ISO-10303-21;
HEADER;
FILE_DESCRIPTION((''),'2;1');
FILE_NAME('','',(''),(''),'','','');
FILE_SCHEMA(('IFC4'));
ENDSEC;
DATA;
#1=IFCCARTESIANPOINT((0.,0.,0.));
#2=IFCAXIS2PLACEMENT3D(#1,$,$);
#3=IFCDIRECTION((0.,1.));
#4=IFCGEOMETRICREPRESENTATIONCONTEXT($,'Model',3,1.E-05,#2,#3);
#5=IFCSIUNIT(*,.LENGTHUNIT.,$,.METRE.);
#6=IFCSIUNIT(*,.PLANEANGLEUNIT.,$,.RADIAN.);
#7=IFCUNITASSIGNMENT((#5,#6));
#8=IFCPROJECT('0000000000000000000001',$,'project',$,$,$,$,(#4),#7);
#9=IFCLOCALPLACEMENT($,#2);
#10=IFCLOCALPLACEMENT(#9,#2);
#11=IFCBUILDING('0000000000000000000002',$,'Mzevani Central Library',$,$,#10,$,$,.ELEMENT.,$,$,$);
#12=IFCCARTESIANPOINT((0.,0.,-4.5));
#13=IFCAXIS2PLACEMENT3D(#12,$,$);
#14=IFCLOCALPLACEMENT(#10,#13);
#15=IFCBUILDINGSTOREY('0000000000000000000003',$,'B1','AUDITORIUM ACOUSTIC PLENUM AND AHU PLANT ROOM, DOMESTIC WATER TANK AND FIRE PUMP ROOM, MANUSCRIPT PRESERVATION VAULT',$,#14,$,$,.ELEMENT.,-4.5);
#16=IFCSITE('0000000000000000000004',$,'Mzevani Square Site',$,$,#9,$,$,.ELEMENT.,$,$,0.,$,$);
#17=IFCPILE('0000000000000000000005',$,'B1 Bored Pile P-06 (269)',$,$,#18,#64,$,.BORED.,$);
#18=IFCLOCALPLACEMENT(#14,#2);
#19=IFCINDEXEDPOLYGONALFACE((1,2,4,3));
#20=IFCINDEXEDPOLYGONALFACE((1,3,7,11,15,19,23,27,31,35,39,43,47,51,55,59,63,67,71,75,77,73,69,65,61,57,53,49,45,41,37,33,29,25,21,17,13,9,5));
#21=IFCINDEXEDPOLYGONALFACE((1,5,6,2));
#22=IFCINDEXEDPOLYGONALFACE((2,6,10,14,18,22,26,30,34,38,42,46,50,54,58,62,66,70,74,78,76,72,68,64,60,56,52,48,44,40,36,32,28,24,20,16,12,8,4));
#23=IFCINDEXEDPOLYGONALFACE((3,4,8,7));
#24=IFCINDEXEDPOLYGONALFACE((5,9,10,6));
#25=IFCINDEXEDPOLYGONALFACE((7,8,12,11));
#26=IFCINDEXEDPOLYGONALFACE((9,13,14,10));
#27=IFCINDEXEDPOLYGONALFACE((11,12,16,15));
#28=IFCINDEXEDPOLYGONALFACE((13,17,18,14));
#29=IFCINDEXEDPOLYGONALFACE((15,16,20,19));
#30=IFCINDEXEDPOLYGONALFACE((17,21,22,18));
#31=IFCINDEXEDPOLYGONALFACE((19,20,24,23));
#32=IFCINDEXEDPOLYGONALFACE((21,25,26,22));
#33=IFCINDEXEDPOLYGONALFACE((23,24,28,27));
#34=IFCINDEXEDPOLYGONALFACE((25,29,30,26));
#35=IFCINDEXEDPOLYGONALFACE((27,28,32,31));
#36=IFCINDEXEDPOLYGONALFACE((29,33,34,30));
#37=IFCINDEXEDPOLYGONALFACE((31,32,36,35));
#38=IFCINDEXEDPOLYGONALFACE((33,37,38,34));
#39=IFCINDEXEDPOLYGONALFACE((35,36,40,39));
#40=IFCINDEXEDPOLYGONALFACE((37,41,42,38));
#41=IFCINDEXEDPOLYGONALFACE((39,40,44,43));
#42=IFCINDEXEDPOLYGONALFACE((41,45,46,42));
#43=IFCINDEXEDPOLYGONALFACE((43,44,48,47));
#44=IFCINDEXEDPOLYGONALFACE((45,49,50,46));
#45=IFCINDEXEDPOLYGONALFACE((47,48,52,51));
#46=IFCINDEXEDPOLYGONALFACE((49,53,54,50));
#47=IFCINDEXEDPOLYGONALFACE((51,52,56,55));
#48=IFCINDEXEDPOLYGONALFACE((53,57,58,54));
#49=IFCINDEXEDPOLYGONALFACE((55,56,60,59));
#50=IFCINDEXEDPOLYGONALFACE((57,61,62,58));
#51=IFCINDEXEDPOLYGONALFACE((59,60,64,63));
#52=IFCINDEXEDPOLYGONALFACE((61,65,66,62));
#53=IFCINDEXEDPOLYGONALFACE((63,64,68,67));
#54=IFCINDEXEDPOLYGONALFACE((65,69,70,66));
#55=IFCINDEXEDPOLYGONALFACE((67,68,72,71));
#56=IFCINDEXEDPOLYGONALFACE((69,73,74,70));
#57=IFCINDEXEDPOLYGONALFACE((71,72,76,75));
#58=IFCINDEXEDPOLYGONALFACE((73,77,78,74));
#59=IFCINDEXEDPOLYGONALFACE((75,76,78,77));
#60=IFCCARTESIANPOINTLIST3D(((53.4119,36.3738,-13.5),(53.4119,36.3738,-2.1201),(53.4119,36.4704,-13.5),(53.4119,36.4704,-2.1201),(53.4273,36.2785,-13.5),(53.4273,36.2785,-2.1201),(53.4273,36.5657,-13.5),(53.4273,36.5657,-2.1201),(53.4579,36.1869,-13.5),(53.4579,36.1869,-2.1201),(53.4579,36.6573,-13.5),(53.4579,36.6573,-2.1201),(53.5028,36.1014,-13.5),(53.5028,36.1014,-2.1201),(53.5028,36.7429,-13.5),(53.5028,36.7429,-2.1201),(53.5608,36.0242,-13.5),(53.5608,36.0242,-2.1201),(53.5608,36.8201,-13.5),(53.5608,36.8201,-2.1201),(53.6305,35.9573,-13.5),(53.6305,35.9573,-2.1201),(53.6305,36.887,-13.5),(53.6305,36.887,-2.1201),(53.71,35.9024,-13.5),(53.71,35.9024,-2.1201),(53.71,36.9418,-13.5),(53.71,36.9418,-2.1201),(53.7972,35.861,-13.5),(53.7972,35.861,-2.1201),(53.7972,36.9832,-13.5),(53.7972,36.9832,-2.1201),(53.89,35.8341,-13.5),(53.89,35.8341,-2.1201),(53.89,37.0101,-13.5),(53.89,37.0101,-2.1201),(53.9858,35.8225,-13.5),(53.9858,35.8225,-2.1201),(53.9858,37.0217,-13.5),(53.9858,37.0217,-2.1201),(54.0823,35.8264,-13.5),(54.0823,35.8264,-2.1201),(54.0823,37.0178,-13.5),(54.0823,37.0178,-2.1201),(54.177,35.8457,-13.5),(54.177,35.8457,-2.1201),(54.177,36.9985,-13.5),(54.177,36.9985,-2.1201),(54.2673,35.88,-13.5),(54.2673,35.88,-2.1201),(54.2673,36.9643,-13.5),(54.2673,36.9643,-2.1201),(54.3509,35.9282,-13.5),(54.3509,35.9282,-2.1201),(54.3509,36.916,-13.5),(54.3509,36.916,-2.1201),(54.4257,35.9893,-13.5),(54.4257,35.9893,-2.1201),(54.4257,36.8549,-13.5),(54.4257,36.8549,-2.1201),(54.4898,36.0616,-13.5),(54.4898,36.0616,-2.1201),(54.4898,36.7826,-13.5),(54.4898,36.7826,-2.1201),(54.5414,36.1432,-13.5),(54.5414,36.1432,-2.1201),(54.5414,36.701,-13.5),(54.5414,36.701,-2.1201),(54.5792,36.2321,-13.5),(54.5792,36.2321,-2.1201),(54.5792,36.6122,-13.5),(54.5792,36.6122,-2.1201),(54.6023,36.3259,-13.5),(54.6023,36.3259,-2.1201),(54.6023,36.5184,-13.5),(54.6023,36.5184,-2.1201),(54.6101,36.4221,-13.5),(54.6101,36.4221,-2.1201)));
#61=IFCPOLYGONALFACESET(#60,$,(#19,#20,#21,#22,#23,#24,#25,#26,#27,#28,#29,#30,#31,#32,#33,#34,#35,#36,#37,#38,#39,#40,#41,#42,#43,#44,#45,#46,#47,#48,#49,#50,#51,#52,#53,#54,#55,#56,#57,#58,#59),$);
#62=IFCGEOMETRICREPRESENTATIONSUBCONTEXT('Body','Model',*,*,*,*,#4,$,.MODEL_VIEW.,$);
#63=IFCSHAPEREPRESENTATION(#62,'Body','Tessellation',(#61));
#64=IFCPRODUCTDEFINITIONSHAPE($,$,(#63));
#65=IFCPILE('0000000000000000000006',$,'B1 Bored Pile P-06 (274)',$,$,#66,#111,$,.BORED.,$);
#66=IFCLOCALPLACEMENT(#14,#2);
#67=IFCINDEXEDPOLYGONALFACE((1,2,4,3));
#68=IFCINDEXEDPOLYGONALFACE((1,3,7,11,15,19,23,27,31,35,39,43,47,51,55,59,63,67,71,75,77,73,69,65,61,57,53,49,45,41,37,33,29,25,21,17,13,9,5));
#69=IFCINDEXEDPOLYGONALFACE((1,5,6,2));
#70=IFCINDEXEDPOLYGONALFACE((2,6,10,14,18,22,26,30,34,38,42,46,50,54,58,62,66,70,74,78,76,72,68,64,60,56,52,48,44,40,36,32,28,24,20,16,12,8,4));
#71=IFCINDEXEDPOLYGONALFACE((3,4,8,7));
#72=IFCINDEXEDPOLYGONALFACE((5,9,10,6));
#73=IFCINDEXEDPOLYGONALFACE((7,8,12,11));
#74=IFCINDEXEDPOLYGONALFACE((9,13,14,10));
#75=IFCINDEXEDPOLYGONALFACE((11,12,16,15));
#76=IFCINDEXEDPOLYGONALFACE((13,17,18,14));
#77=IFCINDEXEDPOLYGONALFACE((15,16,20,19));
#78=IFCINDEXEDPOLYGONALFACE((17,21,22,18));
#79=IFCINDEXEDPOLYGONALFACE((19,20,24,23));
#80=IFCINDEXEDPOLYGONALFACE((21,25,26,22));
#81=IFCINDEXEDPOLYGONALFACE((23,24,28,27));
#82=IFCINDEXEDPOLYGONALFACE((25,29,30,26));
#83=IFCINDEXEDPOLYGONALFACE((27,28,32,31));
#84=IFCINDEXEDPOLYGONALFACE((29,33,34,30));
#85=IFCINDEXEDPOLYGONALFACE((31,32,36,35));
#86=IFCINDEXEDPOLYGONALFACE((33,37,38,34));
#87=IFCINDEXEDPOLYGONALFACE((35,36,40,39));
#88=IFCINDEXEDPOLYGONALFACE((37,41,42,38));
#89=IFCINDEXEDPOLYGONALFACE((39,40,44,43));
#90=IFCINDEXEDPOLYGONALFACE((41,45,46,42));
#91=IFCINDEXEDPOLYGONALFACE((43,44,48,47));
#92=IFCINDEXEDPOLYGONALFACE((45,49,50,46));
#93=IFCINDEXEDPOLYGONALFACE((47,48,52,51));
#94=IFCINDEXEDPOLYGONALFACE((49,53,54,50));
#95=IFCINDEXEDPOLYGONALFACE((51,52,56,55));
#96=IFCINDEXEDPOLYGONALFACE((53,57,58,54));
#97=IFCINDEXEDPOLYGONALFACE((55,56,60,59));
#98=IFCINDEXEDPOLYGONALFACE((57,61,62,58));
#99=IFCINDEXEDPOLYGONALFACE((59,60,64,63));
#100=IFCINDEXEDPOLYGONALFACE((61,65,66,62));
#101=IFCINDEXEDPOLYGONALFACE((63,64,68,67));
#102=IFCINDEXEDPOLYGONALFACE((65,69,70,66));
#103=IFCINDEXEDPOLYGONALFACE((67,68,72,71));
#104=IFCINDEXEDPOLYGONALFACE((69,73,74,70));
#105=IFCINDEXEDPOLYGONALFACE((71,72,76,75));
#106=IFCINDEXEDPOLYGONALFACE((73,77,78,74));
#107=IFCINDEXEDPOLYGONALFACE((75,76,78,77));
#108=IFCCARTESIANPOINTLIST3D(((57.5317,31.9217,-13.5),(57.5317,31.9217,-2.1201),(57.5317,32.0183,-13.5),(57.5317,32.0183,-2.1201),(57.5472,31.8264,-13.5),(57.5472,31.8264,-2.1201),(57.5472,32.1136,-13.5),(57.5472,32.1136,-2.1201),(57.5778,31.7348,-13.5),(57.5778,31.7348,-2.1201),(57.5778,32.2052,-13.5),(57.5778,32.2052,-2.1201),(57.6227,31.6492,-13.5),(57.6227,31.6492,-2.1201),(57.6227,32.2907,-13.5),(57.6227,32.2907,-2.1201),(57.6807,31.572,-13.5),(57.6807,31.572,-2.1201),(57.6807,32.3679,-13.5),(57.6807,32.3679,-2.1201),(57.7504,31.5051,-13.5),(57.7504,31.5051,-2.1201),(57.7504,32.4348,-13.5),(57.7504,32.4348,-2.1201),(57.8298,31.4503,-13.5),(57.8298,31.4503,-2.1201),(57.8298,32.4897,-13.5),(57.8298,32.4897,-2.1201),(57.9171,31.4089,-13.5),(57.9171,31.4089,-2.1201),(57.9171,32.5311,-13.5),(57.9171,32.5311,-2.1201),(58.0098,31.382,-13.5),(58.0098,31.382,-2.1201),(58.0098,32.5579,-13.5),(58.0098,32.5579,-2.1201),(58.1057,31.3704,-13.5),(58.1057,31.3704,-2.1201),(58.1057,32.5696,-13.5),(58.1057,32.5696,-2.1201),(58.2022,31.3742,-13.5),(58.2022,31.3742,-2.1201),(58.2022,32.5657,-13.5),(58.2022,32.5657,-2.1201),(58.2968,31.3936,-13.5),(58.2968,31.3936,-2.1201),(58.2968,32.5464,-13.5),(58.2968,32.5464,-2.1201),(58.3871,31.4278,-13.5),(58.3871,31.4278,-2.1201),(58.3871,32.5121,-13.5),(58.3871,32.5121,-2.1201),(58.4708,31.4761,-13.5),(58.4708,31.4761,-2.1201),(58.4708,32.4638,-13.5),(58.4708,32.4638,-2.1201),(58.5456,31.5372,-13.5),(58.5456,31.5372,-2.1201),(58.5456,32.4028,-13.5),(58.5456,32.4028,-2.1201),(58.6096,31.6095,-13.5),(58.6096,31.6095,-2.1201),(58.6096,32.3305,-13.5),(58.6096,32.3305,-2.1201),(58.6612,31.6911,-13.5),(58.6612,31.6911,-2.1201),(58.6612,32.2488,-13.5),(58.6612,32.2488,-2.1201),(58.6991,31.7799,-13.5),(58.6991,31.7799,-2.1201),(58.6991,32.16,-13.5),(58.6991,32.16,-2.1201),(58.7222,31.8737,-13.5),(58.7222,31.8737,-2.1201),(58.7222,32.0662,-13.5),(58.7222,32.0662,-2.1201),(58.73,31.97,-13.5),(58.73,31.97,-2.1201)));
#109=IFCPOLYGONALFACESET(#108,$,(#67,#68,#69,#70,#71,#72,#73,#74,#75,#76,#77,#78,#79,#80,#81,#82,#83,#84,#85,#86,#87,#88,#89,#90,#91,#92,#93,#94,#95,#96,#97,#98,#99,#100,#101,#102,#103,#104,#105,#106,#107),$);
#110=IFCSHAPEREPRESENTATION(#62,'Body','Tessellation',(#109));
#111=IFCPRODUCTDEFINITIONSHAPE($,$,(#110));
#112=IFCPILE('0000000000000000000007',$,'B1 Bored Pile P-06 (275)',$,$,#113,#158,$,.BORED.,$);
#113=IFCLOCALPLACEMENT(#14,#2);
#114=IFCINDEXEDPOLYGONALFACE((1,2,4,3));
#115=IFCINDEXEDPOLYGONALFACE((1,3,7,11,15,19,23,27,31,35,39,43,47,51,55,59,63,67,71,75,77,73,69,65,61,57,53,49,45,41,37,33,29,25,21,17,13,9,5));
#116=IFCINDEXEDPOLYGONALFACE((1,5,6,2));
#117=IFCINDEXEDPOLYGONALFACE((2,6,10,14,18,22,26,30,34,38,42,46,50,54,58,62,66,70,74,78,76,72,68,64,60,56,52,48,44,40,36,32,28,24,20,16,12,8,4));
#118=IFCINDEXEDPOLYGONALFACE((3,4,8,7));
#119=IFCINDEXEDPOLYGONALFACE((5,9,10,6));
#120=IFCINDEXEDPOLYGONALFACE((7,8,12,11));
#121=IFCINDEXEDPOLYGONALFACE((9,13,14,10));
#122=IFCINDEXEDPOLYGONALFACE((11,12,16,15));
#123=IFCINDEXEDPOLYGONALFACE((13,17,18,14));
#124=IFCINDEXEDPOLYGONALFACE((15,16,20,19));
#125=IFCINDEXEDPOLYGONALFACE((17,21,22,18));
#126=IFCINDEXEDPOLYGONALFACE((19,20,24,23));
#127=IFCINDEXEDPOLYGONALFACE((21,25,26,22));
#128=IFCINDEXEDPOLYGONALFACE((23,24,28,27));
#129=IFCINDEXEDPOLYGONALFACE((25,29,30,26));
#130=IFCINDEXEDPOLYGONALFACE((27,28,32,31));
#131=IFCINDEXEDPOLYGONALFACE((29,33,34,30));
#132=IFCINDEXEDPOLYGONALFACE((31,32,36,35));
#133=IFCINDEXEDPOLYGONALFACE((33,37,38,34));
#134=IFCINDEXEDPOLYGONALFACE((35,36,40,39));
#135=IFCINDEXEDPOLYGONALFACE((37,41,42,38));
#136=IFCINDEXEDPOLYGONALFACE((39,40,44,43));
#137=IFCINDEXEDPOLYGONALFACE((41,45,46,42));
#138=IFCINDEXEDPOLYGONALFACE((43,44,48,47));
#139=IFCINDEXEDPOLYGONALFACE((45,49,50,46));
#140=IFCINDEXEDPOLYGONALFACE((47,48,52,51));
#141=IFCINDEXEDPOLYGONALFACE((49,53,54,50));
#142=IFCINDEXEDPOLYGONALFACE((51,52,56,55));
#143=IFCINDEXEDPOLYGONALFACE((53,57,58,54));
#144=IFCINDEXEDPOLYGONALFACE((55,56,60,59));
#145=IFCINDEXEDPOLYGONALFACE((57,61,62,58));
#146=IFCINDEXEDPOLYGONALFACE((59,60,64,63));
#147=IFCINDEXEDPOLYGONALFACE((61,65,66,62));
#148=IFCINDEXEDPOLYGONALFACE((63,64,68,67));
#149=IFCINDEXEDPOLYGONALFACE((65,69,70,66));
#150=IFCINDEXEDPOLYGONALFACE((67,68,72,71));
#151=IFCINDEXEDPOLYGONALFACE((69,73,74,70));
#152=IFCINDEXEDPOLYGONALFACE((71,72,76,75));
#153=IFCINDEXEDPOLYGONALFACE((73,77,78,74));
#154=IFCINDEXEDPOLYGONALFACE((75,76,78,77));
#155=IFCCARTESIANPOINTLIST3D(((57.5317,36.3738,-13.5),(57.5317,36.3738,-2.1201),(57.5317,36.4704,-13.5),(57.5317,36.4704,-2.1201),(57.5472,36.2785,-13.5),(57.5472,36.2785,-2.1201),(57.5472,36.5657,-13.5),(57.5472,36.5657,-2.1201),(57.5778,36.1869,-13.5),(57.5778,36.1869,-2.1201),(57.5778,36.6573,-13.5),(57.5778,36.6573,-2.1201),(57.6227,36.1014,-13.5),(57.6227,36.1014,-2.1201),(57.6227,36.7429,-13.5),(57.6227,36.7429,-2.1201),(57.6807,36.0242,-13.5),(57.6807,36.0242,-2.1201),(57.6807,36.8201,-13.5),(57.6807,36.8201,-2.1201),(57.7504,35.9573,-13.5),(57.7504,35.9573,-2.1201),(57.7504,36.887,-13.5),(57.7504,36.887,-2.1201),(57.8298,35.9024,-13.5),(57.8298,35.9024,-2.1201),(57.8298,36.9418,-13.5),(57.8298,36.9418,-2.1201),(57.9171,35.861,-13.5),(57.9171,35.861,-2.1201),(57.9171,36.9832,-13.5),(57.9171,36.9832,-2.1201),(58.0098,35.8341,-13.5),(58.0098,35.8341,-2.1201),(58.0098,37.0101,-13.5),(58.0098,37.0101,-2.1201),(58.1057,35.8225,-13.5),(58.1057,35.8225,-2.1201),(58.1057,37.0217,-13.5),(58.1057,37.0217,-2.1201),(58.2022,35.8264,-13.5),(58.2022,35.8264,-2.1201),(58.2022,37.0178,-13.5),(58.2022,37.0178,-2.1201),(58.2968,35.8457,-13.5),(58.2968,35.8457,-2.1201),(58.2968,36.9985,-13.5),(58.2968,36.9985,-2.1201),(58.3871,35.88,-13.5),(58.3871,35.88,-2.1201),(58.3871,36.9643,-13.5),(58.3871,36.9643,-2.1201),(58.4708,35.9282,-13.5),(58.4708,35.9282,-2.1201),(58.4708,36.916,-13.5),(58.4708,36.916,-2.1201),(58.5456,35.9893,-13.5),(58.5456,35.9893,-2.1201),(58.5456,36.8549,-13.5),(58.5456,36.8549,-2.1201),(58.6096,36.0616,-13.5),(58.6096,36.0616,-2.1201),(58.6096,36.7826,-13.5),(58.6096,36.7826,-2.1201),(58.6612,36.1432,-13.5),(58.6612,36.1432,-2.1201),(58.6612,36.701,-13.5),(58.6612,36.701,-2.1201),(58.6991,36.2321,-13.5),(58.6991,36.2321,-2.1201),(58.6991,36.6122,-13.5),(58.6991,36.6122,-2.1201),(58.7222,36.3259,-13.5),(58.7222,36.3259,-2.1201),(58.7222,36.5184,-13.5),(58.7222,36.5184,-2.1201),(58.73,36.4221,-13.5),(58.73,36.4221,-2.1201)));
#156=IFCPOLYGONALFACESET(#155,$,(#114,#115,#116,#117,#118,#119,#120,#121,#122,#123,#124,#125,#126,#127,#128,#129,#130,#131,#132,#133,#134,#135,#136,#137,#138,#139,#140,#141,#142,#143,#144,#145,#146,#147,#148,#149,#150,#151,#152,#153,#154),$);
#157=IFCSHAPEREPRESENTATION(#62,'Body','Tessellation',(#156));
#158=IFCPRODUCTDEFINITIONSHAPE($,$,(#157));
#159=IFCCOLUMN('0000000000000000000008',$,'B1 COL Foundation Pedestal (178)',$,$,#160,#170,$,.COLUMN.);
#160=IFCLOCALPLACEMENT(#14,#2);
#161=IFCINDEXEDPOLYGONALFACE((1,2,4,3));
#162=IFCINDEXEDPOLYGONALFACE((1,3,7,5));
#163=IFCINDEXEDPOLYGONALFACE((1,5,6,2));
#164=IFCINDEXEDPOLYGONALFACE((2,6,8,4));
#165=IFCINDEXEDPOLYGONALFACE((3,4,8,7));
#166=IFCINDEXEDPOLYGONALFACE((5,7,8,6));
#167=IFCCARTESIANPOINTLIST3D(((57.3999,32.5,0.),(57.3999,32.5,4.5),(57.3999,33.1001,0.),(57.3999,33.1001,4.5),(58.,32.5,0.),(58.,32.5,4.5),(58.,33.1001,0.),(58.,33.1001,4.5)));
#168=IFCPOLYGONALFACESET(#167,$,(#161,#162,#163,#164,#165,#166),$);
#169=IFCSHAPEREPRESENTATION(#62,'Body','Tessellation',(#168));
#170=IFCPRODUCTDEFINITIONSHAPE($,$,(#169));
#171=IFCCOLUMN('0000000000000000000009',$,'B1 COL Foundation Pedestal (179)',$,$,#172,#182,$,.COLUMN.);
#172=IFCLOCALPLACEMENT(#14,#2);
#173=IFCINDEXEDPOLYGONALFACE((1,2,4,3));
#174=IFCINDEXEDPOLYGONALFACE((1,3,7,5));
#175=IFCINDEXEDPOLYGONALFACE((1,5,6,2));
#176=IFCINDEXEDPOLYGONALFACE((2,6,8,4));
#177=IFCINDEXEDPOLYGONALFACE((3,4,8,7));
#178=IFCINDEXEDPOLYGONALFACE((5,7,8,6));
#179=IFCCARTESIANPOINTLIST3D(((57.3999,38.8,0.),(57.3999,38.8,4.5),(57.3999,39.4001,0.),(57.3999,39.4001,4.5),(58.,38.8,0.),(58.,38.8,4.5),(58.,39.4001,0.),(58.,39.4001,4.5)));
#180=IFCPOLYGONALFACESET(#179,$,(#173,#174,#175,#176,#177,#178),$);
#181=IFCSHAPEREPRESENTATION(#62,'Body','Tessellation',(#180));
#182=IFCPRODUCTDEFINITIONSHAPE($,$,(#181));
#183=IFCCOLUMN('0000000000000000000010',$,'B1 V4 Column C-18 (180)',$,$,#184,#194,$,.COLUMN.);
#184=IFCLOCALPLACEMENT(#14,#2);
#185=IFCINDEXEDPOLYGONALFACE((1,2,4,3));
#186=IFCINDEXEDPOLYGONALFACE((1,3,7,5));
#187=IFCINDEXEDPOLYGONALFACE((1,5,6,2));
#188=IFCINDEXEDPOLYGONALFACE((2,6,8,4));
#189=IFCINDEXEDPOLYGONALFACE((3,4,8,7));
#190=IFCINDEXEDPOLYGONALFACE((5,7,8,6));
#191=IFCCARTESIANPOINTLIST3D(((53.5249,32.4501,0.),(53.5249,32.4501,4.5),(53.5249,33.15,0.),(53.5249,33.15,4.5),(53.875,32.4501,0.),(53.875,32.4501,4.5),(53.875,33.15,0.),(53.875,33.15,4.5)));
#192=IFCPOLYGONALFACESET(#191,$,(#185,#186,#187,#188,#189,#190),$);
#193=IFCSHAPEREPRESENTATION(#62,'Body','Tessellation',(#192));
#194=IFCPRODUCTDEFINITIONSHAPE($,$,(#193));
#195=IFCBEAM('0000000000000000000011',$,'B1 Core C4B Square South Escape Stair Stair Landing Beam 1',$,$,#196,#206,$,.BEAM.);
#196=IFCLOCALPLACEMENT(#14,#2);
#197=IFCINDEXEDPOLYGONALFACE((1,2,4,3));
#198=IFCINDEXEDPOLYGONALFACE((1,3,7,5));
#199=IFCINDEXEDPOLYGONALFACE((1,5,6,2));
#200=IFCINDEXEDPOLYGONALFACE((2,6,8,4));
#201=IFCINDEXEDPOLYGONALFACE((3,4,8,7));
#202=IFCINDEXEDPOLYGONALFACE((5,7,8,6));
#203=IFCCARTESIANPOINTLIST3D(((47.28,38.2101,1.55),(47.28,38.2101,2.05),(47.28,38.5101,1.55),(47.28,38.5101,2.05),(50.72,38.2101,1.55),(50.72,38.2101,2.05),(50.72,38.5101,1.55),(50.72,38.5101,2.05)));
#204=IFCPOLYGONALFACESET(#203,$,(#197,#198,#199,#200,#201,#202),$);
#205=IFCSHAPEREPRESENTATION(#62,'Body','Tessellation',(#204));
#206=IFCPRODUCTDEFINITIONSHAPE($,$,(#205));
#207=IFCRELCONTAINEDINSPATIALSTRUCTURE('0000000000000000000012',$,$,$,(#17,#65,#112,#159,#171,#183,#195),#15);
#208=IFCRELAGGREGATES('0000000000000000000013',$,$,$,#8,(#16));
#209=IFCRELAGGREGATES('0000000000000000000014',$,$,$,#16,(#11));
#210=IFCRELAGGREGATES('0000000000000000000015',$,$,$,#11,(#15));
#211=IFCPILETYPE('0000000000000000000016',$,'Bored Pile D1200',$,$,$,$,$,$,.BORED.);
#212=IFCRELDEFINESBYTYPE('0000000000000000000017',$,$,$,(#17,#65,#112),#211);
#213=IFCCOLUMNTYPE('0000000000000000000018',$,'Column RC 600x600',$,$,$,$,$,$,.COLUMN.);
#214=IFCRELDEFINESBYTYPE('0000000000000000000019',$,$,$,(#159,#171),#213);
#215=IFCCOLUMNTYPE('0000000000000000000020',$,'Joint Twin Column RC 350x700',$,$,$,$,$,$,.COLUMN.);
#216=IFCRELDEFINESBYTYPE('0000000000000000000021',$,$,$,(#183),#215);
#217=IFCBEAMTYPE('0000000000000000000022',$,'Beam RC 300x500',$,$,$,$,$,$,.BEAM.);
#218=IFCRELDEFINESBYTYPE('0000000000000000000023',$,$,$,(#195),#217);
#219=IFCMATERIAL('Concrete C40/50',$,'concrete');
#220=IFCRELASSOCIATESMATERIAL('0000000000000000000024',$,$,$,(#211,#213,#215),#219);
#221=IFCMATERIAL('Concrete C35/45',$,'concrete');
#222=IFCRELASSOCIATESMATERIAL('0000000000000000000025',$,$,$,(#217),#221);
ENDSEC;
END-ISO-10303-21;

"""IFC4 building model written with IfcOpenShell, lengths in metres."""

from ifc_helpers import new_model, si_unit, direction, frame, origin, origin_2d, place, context, subcontext, project, spatial, rectangle, circle, extrude, material, material_profile, profile_set, type_object, element, save


model = new_model("IFC4")

# Units and contexts
model_context = context("Model", 3, precision=1e-05, world=origin(), true_north=direction((0.0, 1.0)))
body_context = subcontext(model_context, "Body", "Model", "MODEL_VIEW")
ifc_project = project(units=[si_unit("LENGTHUNIT", "METRE"), si_unit("PLANEANGLEUNIT", "RADIAN")], contexts=[model_context])

# Site, building, storey
site_placement = place(None, origin())
site = spatial("IfcSite", under=ifc_project, at=site_placement, Name="Mzevani Square Site", CompositionType="ELEMENT", RefElevation=0.0)
building_placement = place(site_placement, origin())
building = spatial("IfcBuilding", under=site, at=building_placement, Name="Mzevani Central Library", CompositionType="ELEMENT")
storey_placement = place(building_placement, frame((0.0, 0.0, -4.5)))
storey = spatial("IfcBuildingStorey", under=building, at=storey_placement, Name="B1", Description="AUDITORIUM ACOUSTIC PLENUM AND AHU PLANT ROOM, DOMESTIC WATER TANK AND FIRE PUMP ROOM, MANUSCRIPT PRESERVATION VAULT", CompositionType="ELEMENT", Elevation=-4.5)

# Piles
ifc_material_1 = material(Name="Concrete C40/50", Category="concrete")
ifc_material_profile_1 = material_profile(ifc_material_1, circle(Radius=0.6001, at=origin_2d()), Name="PILE D1200")
ifc_profile_set_1 = profile_set([ifc_material_profile_1], Name="Concrete C40/50")
pile_type = type_object("IfcPileType", Name="Bored Pile D1200", PredefinedType="BORED", material=ifc_profile_set_1)
for number, where, z_axis, x_axis, name in (
    (1, (54.01, 36.4221, -2.1201), (0.0, 0.0, -1.0), (1.0, 0.0, 0.0), "B1 Bored Pile P-06 (269)"),
    (2, (58.1299, 31.97, -2.1201), (0.0, 0.0, -1.0), (1.0, 0.0, 0.0), "B1 Bored Pile P-06 (274)"),
    (3, (58.1299, 36.4221, -2.1201), (0.0, 0.0, -1.0), (1.0, 0.0, 0.0), "B1 Bored Pile P-06 (275)"),
):
    element("IfcPile", number, at=place(storey_placement, frame(where, z_axis=z_axis, x_axis=x_axis)), inside=storey, type_object=pile_type, Name=name, PredefinedType="BORED", context=body_context, shape_type="SweptSolid", body=[
        extrude(circle(Radius=0.6001, at=origin_2d()), origin(), (0.0, 0.0, 1.0), 11.3799),
    ])

# Columns
ifc_material_profile_2 = material_profile(ifc_material_1, rectangle(XDim=0.6001, YDim=0.6001, at=origin_2d()), Name="RC 600x600")
ifc_profile_set_2 = profile_set([ifc_material_profile_2], Name="Concrete C40/50")
column_type_1 = type_object("IfcColumnType", Name="Column RC 600x600", PredefinedType="COLUMN", material=ifc_profile_set_2)
for number, where, z_axis, x_axis, name in (
    (4, (57.7, 32.8, 0.0), (0.0, 0.0, 1.0), (1.0, 0.0, 0.0), "B1 COL Foundation Pedestal (178)"),
    (5, (57.7, 39.1001, 0.0), (0.0, 0.0, 1.0), (1.0, 0.0, 0.0), "B1 COL Foundation Pedestal (179)"),
):
    element("IfcColumn", number, at=place(storey_placement, frame(where, z_axis=z_axis, x_axis=x_axis)), inside=storey, type_object=column_type_1, Name=name, PredefinedType="COLUMN", context=body_context, shape_type="SweptSolid", body=[
        extrude(rectangle(XDim=0.6001, YDim=0.6001, at=origin_2d()), origin(), (0.0, 0.0, 1.0), 4.5),
    ])
ifc_material_profile_3 = material_profile(ifc_material_1, rectangle(XDim=0.3501, YDim=0.7, at=origin_2d()), Name="RC 350x700")
ifc_profile_set_3 = profile_set([ifc_material_profile_3], Name="Concrete C40/50")
column_type_2 = type_object("IfcColumnType", Name="Joint Twin Column RC 350x700", PredefinedType="COLUMN", material=ifc_profile_set_3)
column_placement = place(storey_placement, frame((53.7, 32.8, 0.0), z_axis=(0.0, 0.0, 1.0), x_axis=(1.0, 0.0, 0.0)))
element("IfcColumn", 6, at=column_placement, inside=storey, type_object=column_type_2, Name="B1 V4 Column C-18 (180)", PredefinedType="COLUMN", context=body_context, shape_type="SweptSolid", body=[
    extrude(rectangle(XDim=0.3501, YDim=0.7, at=origin_2d()), origin(), (0.0, 0.0, 1.0), 4.5),
])

# Beam
ifc_material_2 = material(Name="Concrete C35/45", Category="concrete")
ifc_material_profile_4 = material_profile(ifc_material_2, rectangle(XDim=0.3, YDim=0.5, at=origin_2d()), Name="RC B300x500")
ifc_profile_set_4 = profile_set([ifc_material_profile_4], Name="Concrete C35/45")
beam_type = type_object("IfcBeamType", Name="Beam RC 300x500", PredefinedType="BEAM", material=ifc_profile_set_4)
beam_placement = place(storey_placement, frame((47.28, 38.3601, 1.8), z_axis=(1.0, 0.0, 0.0), x_axis=(0.0, 1.0, 0.0)))
element("IfcBeam", 7, at=beam_placement, inside=storey, type_object=beam_type, Name="B1 Core C4B Square South Escape Stair Stair Landing Beam 1", PredefinedType="BEAM", context=body_context, shape_type="SweptSolid", body=[
    extrude(rectangle(XDim=0.3, YDim=0.5, at=origin_2d()), origin(), (0.0, 0.0, 1.0), 3.4399),
])

save(model, "model.ifc")
